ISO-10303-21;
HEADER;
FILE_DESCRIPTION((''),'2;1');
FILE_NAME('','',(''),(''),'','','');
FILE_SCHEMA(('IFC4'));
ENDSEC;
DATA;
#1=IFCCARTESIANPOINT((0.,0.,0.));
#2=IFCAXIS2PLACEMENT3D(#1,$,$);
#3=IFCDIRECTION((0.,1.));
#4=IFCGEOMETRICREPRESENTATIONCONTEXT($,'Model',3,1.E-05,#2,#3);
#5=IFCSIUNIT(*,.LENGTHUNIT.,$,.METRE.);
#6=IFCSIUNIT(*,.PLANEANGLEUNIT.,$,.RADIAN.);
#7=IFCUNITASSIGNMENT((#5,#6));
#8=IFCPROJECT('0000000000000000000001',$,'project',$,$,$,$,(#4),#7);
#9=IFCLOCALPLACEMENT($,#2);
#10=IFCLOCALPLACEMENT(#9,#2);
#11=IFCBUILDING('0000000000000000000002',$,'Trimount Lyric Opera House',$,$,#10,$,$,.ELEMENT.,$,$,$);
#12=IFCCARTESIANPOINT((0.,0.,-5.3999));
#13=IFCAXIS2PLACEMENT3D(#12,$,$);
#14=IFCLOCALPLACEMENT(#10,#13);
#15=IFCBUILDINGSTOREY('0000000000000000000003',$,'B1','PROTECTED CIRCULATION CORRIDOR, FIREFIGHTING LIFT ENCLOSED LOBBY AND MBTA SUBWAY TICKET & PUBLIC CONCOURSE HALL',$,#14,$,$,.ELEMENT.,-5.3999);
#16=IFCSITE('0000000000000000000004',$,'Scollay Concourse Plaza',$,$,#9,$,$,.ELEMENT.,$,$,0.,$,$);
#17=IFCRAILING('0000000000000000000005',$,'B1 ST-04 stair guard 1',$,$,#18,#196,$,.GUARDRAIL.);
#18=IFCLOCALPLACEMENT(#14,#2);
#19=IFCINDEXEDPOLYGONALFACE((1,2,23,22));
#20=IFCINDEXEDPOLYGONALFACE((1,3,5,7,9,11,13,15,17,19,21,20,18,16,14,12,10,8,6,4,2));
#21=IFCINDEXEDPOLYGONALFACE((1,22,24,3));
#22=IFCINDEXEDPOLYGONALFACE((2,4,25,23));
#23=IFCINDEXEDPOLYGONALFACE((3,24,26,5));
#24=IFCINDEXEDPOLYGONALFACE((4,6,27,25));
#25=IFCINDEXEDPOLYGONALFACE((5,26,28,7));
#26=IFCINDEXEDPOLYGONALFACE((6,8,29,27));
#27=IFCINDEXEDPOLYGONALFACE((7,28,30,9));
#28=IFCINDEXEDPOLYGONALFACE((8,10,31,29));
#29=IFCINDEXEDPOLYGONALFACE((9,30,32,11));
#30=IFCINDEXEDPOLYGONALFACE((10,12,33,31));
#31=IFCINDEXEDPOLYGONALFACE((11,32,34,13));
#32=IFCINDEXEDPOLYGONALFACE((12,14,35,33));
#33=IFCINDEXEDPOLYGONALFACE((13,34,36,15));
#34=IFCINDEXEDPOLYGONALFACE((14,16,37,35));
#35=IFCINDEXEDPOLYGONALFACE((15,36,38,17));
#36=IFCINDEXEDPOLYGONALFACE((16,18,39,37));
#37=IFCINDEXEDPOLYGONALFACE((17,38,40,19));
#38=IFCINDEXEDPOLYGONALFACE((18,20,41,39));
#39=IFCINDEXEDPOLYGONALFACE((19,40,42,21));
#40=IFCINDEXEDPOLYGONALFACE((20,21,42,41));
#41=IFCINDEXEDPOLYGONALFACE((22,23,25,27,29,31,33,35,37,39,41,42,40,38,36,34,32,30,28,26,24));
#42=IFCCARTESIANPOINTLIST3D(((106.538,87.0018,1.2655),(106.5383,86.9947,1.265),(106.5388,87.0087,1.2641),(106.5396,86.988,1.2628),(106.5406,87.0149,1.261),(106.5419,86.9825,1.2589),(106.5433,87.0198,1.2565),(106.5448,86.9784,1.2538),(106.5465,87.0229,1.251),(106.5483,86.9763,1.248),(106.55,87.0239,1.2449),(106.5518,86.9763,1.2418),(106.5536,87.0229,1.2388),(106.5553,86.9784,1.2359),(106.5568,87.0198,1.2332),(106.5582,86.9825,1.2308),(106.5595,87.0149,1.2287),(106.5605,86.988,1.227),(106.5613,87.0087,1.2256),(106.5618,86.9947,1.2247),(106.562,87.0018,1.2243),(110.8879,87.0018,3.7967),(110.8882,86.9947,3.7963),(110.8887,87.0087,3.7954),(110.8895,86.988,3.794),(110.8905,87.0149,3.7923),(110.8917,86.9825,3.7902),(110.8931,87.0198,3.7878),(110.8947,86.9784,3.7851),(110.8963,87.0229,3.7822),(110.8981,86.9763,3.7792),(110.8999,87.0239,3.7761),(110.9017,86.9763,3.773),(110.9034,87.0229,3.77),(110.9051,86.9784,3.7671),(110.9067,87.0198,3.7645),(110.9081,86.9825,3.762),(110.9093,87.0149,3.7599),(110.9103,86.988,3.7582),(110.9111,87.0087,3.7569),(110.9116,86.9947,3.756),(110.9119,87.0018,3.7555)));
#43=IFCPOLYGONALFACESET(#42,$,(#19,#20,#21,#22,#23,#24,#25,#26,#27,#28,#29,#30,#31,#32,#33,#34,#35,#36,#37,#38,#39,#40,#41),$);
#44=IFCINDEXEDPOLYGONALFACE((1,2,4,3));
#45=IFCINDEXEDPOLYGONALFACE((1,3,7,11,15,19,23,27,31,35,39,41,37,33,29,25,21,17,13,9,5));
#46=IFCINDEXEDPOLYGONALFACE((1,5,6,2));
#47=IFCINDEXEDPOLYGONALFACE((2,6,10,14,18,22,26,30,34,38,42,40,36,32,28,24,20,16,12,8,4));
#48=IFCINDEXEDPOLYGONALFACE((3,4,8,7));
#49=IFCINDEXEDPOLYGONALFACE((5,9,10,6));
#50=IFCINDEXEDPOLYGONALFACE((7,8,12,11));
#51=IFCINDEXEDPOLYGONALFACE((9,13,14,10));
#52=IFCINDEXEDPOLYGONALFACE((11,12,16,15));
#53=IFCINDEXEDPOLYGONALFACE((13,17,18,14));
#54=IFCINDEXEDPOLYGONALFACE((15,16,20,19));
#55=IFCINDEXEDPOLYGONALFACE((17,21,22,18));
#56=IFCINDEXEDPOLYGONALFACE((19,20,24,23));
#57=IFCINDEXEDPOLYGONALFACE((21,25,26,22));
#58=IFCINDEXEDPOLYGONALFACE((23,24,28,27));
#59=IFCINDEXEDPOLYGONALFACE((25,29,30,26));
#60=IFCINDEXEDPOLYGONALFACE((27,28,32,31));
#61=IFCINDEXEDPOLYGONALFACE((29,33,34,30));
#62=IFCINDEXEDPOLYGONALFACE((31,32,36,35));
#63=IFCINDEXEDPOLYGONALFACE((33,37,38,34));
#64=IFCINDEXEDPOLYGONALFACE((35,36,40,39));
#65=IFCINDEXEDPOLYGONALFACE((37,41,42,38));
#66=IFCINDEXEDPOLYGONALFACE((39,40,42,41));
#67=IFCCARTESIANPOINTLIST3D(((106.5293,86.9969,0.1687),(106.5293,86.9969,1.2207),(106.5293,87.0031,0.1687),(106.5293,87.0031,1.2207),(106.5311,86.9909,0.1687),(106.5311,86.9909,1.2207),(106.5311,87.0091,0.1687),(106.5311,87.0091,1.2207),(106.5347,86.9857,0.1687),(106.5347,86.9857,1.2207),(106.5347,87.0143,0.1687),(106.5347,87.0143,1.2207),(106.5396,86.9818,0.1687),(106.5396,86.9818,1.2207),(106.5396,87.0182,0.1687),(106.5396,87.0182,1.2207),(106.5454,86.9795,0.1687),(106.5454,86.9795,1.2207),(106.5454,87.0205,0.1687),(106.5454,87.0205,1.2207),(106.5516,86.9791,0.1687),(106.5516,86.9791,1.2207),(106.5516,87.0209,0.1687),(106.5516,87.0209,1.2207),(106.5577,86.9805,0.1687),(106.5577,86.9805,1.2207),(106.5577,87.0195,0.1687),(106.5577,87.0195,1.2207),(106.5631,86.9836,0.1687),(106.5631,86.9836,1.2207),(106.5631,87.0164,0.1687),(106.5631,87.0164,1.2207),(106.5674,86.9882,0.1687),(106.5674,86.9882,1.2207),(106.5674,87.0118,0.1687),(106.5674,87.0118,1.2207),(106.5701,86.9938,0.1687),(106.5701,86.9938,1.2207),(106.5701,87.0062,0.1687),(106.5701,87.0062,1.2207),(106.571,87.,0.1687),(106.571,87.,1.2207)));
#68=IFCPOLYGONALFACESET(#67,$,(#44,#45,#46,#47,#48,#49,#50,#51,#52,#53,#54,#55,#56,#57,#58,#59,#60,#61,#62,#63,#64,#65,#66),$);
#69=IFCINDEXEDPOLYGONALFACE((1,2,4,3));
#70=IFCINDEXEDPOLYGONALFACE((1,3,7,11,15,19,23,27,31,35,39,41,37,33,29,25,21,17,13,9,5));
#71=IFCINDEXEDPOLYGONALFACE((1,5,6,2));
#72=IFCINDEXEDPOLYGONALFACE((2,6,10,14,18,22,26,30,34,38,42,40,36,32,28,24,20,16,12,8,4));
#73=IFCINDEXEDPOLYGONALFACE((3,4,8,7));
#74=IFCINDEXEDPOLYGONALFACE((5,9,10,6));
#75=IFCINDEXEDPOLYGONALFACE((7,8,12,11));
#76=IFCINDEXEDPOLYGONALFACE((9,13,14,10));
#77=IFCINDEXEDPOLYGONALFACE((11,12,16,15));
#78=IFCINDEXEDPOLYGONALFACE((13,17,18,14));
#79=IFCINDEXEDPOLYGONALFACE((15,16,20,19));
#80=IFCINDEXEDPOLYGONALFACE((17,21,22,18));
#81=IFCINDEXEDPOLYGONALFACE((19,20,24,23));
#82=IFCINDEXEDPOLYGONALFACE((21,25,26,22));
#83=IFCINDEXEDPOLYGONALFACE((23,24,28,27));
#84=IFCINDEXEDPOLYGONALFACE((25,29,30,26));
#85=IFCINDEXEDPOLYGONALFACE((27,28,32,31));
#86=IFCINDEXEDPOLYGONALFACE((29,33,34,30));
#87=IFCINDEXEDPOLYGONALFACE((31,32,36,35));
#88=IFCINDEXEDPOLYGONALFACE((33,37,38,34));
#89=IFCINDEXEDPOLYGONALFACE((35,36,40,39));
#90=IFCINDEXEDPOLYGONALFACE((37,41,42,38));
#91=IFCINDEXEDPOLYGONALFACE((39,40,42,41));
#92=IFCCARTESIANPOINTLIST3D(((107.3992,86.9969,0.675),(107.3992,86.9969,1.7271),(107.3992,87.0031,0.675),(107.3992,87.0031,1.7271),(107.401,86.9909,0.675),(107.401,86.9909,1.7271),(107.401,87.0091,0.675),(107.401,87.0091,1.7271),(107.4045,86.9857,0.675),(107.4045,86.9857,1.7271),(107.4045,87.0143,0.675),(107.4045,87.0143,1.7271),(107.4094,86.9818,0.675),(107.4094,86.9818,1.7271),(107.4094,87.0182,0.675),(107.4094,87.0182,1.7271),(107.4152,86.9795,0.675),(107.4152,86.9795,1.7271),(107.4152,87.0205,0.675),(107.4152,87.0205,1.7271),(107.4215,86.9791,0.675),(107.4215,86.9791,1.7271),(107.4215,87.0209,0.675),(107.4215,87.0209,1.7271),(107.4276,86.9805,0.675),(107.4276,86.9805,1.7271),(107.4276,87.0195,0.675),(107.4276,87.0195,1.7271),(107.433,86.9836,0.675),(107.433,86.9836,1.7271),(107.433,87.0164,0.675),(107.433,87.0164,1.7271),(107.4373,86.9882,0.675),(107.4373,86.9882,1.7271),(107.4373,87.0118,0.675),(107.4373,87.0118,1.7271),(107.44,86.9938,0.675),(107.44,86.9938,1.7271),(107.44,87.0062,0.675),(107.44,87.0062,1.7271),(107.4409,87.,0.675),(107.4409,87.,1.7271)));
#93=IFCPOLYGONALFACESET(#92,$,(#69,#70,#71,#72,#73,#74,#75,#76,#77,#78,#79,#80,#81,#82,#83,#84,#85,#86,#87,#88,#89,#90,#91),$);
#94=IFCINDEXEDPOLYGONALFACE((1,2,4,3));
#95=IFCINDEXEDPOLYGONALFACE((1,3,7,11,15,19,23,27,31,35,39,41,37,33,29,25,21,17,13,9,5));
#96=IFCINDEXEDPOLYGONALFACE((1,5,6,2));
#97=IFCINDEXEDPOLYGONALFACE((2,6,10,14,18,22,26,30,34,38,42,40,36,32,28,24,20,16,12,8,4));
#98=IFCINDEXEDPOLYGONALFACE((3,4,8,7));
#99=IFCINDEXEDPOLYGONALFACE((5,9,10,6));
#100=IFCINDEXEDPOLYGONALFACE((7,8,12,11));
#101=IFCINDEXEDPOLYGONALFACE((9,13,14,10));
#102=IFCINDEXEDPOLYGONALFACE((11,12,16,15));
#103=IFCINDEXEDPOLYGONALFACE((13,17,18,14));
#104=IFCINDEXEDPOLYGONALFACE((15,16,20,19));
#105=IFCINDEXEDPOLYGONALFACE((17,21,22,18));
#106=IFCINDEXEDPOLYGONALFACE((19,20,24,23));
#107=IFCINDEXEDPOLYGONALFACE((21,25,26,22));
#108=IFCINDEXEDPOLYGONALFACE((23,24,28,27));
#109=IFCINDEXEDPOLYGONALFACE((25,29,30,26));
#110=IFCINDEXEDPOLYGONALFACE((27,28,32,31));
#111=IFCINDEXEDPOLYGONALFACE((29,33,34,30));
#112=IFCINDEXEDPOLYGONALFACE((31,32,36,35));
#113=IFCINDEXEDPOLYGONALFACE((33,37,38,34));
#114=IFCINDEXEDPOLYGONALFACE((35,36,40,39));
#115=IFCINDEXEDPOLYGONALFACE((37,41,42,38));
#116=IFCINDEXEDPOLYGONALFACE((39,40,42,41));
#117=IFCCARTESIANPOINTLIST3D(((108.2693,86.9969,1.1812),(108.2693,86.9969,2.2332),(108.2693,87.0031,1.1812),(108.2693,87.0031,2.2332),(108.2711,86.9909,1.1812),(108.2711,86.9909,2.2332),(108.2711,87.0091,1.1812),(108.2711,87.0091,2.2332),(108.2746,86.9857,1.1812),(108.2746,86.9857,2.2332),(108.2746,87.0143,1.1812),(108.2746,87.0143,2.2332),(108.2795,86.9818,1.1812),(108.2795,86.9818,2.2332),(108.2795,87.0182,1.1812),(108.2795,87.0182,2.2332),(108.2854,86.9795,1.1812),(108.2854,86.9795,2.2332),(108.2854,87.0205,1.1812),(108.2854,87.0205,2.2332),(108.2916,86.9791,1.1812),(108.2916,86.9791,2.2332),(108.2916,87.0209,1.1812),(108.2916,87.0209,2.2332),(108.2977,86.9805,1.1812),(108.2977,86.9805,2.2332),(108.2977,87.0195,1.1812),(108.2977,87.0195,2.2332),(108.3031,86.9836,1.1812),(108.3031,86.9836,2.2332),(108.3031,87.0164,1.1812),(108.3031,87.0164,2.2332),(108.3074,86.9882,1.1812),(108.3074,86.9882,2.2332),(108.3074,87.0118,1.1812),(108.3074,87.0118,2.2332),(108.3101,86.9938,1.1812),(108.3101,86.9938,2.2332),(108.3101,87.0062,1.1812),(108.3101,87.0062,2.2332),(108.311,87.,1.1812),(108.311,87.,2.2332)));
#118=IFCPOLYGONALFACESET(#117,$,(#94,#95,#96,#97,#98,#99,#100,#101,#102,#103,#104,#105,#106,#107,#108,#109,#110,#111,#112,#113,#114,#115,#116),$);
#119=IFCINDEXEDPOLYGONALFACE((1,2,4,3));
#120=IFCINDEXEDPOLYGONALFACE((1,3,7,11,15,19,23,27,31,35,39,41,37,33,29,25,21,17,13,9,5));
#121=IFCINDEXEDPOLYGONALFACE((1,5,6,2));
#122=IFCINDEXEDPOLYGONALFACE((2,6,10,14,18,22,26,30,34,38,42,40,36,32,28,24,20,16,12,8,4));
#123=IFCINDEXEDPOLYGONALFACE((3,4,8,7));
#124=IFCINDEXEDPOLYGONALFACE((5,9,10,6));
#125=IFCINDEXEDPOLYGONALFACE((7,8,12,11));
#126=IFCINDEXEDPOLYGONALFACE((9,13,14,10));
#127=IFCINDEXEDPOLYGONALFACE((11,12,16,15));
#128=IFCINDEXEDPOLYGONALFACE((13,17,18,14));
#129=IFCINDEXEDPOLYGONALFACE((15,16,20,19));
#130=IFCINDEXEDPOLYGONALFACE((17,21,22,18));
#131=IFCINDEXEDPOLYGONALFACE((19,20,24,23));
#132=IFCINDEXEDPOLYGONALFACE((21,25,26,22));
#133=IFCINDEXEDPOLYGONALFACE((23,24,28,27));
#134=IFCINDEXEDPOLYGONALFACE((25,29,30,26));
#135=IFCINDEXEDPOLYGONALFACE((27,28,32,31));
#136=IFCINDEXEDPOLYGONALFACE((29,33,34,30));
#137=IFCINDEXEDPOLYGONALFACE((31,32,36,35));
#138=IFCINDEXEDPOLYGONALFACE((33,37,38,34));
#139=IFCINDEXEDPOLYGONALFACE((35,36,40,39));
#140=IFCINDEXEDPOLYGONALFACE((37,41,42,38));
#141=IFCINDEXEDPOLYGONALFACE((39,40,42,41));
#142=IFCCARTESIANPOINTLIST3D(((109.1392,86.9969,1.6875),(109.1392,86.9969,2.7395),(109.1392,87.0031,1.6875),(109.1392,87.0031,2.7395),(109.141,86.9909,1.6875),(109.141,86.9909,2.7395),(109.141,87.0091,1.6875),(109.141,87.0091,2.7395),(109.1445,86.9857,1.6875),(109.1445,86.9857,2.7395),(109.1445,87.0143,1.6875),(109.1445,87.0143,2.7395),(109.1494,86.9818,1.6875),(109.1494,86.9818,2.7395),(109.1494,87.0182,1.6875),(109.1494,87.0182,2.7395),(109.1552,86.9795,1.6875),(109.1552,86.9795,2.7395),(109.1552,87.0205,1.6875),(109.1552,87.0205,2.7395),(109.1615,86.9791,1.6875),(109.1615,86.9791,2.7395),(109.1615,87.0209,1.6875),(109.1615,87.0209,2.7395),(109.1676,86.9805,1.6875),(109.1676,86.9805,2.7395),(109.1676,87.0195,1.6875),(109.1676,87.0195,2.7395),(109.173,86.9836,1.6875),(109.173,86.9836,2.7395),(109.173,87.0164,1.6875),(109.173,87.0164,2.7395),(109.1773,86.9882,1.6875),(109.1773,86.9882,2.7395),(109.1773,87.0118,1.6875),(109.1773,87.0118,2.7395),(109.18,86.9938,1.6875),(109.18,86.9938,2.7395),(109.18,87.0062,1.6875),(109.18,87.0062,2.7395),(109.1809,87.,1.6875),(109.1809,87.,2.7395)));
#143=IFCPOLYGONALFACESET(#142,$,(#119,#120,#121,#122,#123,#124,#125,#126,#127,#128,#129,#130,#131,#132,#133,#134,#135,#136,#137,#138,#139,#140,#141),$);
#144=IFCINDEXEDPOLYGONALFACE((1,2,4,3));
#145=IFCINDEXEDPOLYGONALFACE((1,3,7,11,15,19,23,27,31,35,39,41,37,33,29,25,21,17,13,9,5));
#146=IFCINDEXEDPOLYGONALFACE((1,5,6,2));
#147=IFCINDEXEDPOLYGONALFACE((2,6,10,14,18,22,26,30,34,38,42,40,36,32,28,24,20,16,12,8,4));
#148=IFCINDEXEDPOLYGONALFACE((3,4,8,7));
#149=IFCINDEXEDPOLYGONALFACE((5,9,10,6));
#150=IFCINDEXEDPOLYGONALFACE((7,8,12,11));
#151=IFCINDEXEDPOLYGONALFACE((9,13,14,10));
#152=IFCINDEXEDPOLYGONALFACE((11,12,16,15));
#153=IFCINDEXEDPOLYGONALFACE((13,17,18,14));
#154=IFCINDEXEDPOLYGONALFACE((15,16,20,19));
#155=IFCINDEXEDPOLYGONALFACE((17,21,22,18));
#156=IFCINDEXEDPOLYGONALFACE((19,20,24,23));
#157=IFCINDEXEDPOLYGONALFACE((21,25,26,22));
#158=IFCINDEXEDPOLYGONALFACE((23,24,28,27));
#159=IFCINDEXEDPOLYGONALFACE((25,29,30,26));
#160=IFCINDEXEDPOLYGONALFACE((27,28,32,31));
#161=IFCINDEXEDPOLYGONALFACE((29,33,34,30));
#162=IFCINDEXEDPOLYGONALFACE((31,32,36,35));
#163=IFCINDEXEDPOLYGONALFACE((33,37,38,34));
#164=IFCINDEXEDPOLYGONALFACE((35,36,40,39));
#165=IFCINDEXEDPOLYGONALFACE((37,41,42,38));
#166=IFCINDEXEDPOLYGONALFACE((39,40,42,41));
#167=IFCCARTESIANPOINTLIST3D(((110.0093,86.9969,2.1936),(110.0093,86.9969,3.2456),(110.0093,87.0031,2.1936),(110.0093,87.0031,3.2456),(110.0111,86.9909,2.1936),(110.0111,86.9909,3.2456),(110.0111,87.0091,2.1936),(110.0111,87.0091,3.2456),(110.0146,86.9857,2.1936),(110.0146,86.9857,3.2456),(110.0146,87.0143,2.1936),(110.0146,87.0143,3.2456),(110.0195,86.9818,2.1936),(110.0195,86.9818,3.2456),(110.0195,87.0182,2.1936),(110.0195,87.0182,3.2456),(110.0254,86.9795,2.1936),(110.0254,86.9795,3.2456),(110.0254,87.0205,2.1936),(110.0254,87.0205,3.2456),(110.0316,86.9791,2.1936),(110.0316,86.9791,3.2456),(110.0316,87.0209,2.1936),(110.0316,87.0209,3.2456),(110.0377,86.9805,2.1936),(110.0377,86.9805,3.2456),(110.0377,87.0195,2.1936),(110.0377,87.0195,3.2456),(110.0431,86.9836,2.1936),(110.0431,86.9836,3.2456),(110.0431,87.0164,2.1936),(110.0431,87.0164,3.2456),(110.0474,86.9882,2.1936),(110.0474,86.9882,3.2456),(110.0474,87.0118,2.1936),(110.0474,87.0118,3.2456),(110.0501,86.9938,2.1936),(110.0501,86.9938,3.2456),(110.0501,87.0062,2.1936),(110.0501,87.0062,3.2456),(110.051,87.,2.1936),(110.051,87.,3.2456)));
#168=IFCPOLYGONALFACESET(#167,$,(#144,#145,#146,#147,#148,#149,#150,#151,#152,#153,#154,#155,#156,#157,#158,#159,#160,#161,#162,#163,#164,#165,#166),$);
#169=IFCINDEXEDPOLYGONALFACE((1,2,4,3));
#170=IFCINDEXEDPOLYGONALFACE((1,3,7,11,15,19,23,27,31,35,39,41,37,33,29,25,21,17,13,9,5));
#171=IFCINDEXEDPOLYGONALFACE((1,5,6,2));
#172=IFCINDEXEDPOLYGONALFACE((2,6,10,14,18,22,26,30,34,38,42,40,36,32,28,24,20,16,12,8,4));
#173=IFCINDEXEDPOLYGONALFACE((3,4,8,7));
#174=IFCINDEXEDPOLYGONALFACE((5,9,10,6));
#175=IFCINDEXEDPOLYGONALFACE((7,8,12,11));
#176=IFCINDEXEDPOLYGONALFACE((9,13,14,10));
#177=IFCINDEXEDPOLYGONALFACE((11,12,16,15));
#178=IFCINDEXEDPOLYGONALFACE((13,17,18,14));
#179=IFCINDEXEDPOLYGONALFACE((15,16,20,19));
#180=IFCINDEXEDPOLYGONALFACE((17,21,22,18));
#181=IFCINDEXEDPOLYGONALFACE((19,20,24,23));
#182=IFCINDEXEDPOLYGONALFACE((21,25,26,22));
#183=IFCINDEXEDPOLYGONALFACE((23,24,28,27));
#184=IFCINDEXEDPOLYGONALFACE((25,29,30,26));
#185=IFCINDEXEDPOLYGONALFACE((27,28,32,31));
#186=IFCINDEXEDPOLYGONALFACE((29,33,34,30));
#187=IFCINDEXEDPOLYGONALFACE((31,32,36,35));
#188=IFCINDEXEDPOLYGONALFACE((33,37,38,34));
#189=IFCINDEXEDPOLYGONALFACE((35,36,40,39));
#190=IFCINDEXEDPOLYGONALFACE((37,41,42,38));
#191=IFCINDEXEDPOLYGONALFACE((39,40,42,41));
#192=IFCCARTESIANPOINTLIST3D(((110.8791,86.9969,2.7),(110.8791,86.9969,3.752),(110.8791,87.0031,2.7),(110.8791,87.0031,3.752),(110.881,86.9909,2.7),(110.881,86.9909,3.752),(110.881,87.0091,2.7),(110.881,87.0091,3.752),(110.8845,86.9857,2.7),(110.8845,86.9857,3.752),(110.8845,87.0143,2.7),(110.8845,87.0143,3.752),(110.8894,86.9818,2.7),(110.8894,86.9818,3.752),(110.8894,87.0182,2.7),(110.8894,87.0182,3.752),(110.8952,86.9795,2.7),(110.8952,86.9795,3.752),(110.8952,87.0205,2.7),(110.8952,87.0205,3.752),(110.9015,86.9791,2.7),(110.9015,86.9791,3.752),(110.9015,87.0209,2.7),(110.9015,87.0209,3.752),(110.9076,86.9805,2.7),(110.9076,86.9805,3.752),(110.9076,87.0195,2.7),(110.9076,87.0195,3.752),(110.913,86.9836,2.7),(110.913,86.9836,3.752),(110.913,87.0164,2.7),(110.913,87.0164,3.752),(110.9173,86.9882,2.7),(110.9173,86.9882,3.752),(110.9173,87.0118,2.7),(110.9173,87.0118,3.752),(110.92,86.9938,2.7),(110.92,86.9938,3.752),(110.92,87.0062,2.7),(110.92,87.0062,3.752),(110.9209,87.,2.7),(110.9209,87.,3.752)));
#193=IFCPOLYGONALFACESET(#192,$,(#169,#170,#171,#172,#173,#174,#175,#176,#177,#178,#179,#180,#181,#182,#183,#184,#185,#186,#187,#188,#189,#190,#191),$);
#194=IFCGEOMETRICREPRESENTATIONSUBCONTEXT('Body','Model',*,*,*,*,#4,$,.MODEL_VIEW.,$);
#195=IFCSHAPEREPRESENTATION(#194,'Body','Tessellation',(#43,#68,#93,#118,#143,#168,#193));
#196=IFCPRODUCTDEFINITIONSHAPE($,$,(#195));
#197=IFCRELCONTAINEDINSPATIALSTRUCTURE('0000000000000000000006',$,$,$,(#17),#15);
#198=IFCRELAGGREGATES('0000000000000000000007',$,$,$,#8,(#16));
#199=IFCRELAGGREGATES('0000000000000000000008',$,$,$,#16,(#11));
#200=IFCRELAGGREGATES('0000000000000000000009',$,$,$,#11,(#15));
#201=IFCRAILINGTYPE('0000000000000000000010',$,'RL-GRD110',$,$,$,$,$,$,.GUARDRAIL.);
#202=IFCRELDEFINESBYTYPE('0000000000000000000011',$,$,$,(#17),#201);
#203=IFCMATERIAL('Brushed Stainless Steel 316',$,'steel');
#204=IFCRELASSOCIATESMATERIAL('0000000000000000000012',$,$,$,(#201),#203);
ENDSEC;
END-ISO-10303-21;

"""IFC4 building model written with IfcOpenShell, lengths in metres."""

from ifc_helpers import new_model, si_unit, direction, frame, origin, origin_2d, place, context, subcontext, project, spatial, circle, extrude, material, type_object, element, save


model = new_model("IFC4")

# Units and contexts
model_context = context("Model", 3, precision=1e-05, world=origin(), true_north=direction((0.0, 1.0)))
body_context = subcontext(model_context, "Body", "Model", "MODEL_VIEW")
ifc_project = project(units=[si_unit("LENGTHUNIT", "METRE"), si_unit("PLANEANGLEUNIT", "RADIAN")], contexts=[model_context])

# Site, building, storey
site_placement = place(None, origin())
site = spatial("IfcSite", under=ifc_project, at=site_placement, Name="Scollay Concourse Plaza", CompositionType="ELEMENT", RefElevation=0.0)
building_placement = place(site_placement, origin())
building = spatial("IfcBuilding", under=site, at=building_placement, Name="Trimount Lyric Opera House", CompositionType="ELEMENT")
storey_placement = place(building_placement, frame((0.0, 0.0, -5.3999)))
storey = spatial("IfcBuildingStorey", under=building, at=storey_placement, Name="B1", Description="PROTECTED CIRCULATION CORRIDOR, FIREFIGHTING LIFT ENCLOSED LOBBY AND MBTA SUBWAY TICKET & PUBLIC CONCOURSE HALL", CompositionType="ELEMENT", Elevation=-5.3999)

# Railing
ifc_material_1 = material(Name="Brushed Stainless Steel 316", Category="steel")
railing_type_1 = type_object("IfcRailingType", Name="RL-GRD110", PredefinedType="GUARDRAIL", material=ifc_material_1)
railing_1_placement = place(storey_placement, frame((106.55, 87.0, 0.1687)))
element("IfcRailing", 1, at=railing_1_placement, inside=storey, type_object=railing_type_1, Name="B1 ST-04 stair guard 1", PredefinedType="GUARDRAIL", context=body_context, shape_type="SweptSolid", body=[
    extrude(circle(Radius=0.0239, at=origin_2d()), frame((0.0, 0.0, 1.0762), z_axis=(0.864312, 0.0, 0.502957), x_axis=(0.0, 1.0, 0.0)), (0.0, 0.0, 1.0), 5.0327),
    extrude(circle(Radius=0.021, at=origin_2d()), origin(), (0.0, 0.0, 1.0), 1.052),
    extrude(circle(Radius=0.021, at=origin_2d()), frame((0.8699, 0.0, 0.5063)), (0.0, 0.0, 1.0), 1.052),
    extrude(circle(Radius=0.021, at=origin_2d()), frame((1.74, 0.0, 1.0125)), (0.0, 0.0, 1.0), 1.052),
    extrude(circle(Radius=0.021, at=origin_2d()), frame((2.6099, 0.0, 1.5188)), (0.0, 0.0, 1.0), 1.052),
    extrude(circle(Radius=0.021, at=origin_2d()), frame((3.48, 0.0, 2.0249)), (0.0, 0.0, 1.0), 1.052),
    extrude(circle(Radius=0.021, at=origin_2d()), frame((4.3499, 0.0, 2.5312)), (0.0, 0.0, 1.0), 1.052),
])

save(model, "model.ifc")
